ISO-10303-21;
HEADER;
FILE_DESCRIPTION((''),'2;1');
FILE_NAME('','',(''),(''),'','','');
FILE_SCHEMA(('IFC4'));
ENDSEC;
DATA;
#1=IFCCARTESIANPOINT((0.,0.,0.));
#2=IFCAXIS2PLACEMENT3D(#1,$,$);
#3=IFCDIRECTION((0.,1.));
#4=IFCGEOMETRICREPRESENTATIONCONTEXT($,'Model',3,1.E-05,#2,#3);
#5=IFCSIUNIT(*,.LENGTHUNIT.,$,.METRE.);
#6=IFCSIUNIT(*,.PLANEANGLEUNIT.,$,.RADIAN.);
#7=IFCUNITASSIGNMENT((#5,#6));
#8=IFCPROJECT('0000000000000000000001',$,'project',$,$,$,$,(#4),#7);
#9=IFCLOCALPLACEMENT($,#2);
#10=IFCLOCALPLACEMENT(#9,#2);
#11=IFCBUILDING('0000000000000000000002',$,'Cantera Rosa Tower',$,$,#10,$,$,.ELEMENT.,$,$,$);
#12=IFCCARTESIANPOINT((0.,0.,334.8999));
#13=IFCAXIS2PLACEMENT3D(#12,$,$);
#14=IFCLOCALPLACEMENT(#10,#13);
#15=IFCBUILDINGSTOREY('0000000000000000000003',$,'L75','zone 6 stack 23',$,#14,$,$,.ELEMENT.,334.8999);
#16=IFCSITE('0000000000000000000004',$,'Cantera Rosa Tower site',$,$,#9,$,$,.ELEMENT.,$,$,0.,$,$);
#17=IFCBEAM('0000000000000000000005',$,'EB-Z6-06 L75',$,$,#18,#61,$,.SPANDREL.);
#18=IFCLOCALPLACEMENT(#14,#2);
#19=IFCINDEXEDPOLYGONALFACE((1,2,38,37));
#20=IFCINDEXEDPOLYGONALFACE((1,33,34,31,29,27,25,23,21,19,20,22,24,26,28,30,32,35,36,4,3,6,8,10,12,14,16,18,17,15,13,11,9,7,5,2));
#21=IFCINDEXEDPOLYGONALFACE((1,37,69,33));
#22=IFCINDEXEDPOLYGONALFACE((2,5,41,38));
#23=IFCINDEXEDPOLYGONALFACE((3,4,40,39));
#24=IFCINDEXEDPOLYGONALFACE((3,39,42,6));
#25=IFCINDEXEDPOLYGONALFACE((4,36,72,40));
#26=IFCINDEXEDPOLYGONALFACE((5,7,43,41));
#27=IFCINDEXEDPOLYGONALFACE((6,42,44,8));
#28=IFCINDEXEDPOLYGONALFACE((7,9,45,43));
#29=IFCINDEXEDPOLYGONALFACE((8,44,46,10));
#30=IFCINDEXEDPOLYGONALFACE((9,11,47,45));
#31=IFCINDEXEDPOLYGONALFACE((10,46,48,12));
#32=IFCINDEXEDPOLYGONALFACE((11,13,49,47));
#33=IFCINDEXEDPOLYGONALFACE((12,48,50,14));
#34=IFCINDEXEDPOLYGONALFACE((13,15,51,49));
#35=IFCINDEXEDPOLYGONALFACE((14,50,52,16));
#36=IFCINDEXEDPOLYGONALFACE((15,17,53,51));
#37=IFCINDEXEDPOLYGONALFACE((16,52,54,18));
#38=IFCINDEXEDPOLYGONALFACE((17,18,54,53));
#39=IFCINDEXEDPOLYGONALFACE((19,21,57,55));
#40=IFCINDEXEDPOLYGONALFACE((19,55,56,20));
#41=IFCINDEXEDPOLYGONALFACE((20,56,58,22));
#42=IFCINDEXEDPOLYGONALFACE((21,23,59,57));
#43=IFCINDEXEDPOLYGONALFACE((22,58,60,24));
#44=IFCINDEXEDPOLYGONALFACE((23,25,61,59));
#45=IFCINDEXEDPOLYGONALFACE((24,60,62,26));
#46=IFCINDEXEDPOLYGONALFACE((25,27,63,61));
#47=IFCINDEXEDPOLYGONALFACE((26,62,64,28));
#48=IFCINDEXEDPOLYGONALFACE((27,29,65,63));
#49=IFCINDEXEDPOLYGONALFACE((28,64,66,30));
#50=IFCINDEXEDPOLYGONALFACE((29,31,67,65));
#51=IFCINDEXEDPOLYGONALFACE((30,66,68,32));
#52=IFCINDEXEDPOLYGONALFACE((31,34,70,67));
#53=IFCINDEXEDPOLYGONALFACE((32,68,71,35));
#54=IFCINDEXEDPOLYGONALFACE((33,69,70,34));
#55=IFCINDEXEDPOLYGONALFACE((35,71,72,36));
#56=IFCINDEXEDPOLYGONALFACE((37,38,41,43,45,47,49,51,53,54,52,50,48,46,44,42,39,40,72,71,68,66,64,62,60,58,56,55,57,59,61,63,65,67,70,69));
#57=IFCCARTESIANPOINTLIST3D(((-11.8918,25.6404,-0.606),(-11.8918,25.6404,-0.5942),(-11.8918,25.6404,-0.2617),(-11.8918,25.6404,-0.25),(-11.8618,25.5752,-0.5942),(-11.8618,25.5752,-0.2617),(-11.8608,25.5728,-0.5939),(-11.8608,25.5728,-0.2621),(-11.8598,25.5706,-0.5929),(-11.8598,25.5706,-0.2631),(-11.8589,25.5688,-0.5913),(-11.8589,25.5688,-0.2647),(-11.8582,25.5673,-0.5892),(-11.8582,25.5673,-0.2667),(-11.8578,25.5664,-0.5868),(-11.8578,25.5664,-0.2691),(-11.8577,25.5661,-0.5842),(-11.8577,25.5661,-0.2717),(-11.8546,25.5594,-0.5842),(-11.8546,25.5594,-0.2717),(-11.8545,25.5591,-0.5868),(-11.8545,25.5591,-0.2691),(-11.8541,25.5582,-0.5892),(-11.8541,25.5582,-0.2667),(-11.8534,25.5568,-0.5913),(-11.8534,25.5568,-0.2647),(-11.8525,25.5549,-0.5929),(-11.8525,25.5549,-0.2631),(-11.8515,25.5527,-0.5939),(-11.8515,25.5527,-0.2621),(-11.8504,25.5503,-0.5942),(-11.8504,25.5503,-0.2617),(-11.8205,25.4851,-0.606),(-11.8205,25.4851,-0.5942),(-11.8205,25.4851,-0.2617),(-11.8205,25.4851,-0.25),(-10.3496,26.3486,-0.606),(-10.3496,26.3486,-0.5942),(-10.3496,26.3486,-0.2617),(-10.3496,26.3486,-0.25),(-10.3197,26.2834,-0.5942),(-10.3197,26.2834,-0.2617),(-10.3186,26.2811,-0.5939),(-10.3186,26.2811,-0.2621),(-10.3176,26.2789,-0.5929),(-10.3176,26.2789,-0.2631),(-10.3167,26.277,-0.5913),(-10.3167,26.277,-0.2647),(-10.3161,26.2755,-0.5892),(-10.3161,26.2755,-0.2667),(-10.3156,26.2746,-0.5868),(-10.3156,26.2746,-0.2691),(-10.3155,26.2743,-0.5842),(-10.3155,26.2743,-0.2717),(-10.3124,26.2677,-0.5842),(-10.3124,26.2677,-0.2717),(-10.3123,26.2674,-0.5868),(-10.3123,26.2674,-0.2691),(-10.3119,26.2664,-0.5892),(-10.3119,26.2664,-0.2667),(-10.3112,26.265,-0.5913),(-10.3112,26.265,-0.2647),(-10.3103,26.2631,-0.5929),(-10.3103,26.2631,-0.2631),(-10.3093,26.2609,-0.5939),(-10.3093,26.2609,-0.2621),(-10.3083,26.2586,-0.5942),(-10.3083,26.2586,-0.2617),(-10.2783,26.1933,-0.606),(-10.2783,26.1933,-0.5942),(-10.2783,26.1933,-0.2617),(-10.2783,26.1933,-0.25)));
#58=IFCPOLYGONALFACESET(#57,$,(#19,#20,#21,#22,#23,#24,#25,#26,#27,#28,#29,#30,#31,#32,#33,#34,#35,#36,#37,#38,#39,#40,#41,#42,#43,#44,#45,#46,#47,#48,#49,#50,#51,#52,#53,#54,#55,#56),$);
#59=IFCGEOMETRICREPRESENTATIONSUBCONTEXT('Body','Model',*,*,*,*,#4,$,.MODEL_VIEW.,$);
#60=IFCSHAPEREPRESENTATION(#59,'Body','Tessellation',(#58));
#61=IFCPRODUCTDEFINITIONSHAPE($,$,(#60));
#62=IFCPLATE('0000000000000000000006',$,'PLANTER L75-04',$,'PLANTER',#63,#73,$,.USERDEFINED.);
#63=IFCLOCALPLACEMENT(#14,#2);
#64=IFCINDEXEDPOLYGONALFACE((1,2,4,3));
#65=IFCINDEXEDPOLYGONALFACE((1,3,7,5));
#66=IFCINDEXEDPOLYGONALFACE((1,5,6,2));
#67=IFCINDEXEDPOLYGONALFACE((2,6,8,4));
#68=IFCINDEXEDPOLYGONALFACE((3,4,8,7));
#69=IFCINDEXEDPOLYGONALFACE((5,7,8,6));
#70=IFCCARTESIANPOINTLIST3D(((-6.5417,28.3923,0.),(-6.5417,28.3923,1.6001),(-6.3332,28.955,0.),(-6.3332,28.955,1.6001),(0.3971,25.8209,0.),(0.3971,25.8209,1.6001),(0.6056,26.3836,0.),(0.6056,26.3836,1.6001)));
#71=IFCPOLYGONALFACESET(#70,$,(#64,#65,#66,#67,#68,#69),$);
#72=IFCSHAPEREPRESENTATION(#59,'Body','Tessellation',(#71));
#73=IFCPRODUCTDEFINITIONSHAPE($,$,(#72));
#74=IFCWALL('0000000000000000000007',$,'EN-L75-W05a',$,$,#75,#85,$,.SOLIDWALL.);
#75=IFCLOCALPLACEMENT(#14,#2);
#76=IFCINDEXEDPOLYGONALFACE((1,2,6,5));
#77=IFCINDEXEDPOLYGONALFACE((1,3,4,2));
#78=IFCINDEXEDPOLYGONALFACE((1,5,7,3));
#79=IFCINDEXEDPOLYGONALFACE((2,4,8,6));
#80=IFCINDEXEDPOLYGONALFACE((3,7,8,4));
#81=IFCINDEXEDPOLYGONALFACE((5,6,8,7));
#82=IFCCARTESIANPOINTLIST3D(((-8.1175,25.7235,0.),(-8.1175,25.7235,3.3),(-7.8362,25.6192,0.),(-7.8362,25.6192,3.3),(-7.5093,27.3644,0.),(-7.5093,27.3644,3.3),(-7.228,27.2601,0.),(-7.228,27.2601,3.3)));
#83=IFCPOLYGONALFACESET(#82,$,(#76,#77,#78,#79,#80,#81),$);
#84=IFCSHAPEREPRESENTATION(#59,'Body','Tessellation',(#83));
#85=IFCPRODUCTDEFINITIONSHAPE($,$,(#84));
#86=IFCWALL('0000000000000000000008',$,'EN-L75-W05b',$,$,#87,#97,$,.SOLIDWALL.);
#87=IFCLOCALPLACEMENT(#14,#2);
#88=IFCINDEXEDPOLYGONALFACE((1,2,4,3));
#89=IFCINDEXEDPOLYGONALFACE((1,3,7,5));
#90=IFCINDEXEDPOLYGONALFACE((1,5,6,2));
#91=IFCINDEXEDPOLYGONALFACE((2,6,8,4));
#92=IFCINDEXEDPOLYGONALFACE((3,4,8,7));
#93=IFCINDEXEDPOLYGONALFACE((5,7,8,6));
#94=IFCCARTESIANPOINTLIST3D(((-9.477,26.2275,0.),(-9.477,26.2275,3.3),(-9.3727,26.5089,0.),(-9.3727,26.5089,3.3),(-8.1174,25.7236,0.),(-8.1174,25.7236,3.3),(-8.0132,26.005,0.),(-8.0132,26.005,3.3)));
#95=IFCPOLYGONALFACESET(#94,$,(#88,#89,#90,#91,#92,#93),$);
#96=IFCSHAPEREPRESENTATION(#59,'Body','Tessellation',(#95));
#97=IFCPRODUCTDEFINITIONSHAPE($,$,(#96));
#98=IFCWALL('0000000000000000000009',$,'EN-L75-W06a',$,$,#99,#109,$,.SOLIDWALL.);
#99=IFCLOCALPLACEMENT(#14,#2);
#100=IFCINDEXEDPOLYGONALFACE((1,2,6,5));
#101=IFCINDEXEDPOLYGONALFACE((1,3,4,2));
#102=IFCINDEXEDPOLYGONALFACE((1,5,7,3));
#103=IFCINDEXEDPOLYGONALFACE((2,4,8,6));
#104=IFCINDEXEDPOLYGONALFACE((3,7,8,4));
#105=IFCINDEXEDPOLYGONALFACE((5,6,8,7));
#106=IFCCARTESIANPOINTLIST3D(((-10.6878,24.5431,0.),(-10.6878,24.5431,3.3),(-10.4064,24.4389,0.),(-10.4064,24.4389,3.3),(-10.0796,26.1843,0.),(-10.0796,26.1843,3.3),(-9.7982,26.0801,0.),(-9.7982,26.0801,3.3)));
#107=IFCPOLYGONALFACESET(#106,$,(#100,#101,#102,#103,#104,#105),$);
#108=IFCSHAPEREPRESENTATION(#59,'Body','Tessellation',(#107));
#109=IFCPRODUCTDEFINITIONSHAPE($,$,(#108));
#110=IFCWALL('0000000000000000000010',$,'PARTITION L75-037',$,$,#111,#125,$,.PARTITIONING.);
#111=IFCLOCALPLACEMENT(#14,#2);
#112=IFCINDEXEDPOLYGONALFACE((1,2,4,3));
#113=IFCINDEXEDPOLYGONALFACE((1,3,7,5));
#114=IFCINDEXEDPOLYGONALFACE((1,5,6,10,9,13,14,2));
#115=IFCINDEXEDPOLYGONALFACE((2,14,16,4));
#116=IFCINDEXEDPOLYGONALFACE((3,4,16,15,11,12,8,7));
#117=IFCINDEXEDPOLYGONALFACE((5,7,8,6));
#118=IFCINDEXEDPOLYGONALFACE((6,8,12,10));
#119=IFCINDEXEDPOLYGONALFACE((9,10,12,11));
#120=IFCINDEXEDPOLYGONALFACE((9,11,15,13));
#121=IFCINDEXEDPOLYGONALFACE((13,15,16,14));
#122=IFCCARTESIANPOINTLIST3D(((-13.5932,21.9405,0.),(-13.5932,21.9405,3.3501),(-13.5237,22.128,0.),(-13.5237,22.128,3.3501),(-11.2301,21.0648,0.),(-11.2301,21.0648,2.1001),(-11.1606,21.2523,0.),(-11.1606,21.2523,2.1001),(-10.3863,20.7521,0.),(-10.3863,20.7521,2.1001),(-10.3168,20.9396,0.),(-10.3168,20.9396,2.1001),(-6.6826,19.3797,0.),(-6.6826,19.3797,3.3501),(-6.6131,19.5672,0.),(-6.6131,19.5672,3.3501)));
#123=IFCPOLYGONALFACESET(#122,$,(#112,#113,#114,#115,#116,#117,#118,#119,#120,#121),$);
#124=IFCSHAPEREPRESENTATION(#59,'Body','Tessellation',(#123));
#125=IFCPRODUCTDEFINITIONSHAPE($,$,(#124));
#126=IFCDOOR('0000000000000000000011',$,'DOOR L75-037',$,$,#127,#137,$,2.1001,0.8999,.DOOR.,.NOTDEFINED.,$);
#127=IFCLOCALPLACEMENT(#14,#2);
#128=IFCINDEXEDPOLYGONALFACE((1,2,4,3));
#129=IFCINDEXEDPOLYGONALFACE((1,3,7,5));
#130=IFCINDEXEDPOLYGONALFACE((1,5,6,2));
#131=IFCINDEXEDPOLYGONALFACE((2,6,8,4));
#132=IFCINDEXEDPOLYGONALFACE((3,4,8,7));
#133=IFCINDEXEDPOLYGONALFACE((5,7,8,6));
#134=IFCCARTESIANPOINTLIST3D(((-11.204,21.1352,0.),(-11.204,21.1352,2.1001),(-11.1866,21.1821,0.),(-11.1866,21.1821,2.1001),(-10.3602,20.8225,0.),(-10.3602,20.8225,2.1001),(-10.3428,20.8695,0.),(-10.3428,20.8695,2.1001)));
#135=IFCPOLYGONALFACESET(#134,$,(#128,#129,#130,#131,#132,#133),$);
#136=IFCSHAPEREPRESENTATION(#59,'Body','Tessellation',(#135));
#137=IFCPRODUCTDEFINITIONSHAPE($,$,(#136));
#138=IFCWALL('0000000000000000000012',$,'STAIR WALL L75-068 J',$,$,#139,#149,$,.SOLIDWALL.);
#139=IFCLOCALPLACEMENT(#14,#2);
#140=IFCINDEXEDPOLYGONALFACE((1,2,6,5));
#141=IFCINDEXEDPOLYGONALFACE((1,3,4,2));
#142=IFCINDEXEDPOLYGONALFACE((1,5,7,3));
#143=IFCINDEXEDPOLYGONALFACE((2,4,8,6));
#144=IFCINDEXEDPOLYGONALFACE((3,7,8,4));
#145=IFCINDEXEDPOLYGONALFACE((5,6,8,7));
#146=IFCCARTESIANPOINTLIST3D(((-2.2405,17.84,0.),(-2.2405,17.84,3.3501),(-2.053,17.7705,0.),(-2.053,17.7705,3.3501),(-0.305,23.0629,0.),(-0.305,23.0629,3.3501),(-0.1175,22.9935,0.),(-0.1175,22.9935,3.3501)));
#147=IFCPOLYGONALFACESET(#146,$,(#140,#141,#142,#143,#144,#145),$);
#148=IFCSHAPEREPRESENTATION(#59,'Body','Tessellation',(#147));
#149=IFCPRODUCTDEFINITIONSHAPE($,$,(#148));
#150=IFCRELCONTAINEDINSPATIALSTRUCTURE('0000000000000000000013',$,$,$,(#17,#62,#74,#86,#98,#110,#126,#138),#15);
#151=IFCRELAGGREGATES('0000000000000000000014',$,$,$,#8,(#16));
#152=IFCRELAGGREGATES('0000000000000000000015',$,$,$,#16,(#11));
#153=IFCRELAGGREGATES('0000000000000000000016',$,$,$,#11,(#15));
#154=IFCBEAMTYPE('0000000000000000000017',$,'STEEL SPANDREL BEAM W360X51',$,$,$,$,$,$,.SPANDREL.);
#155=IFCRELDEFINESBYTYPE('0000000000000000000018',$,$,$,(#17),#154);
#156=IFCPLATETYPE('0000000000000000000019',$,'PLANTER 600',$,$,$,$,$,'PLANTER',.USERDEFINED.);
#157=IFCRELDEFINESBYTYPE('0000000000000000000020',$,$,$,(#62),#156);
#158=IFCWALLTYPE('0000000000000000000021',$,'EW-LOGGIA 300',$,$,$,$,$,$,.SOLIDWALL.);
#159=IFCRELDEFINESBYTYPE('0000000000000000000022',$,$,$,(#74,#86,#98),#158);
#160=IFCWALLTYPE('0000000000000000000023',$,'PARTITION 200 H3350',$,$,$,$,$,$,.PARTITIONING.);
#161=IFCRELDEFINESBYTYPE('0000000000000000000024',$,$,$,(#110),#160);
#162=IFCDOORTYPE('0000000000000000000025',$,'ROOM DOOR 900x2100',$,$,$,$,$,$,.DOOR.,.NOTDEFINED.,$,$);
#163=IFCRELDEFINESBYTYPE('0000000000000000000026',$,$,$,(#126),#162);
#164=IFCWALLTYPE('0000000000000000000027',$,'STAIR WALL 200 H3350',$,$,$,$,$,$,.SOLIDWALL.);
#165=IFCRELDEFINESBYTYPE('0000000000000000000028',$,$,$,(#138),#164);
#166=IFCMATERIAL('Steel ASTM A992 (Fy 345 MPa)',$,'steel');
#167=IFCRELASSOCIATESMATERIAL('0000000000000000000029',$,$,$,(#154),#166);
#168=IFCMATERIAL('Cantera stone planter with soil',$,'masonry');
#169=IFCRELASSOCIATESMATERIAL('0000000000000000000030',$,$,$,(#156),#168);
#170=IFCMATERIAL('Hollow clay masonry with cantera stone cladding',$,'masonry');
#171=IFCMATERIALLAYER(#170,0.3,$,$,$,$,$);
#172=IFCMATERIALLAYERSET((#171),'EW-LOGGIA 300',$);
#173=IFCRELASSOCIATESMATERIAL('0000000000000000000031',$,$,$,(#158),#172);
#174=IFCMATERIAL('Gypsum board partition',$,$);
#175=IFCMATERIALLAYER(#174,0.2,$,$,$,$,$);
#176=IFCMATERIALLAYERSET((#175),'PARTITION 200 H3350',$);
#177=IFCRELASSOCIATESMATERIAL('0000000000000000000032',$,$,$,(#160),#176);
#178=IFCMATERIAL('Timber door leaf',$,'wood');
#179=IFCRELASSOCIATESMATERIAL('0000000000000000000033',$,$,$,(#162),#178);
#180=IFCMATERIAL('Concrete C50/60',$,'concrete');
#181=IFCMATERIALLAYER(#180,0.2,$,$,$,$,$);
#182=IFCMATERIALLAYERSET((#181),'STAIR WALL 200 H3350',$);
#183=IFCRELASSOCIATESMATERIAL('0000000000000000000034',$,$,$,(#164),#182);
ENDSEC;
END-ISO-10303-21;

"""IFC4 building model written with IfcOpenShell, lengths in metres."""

from ifc_helpers import new_model, si_unit, direction, frame, frame_2d, origin, origin_2d, place, context, subcontext, project, spatial, rectangle, i_section, extrude, material, layer, layer_set, material_profile, profile_set, type_object, element, fill, save


model = new_model("IFC4")

# Units and contexts
model_context = context("Model", 3, precision=1e-05, world=origin(), true_north=direction((0.0, 1.0)))
body_context = subcontext(model_context, "Body", "Model", "MODEL_VIEW")
ifc_project = project(units=[si_unit("LENGTHUNIT", "METRE"), si_unit("PLANEANGLEUNIT", "RADIAN")], contexts=[model_context])

# Site, building, storey
site_placement = place(None, origin())
site = spatial("IfcSite", under=ifc_project, at=site_placement, Name="Cantera Rosa Tower site", CompositionType="ELEMENT", RefElevation=0.0)
building_placement = place(site_placement, origin())
building = spatial("IfcBuilding", under=site, at=building_placement, Name="Cantera Rosa Tower", CompositionType="ELEMENT")
storey_placement = place(building_placement, frame((0.0, 0.0, 334.8999)))
storey = spatial("IfcBuildingStorey", under=building, at=storey_placement, Name="L75", Description="zone 6 stack 23", CompositionType="ELEMENT", Elevation=334.8999)

# Beam
ifc_material_1 = material(Name="Steel ASTM A992 (Fy 345 MPa)", Category="steel")
ifc_material_profile_1 = material_profile(ifc_material_1, i_section(OverallWidth=0.1709, OverallDepth=0.356, WebThickness=0.0073, FlangeThickness=0.0117, FilletRadius=0.01, at=origin_2d()), Name="W360X51")
ifc_profile_set_1 = profile_set([ifc_material_profile_1], Name="Steel ASTM A992 (Fy 345 MPa)")
beam_type_1 = type_object("IfcBeamType", Name="STEEL SPANDREL BEAM W360X51", PredefinedType="SPANDREL", material=ifc_profile_set_1)
for number, where, z_axis, x_axis, name in (
    (1, (-10.314, 26.271, -0.428), (-0.908754, -0.417333, 0.0), (0.417333, -0.908754, 0.0), "EB-Z6-06 L75"),
):
    element("IfcBeam", number, at=place(storey_placement, frame(where, z_axis=z_axis, x_axis=x_axis)), inside=storey, type_object=beam_type_1, Name=name, PredefinedType="SPANDREL", context=body_context, shape_type="SweptSolid", body=[
        extrude(i_section(OverallWidth=0.1709, OverallDepth=0.356, WebThickness=0.0073, FlangeThickness=0.0117, FilletRadius=0.01, at=origin_2d()), origin(), (0.0, 0.0, 1.0), 1.697),
    ])

# Plate
ifc_material_2 = material(Name="Cantera stone planter with soil", Category="masonry")
plate_type = type_object("IfcPlateType", Name="PLANTER 600", ElementType="PLANTER", PredefinedType="USERDEFINED", material=ifc_material_2)
plate_placement = place(storey_placement, frame((-2.968, 27.3879, 0.0), z_axis=(0.0, 0.0, 1.0), x_axis=(-0.937687, 0.347481, 0.0)))
element("IfcPlate", 2, at=plate_placement, inside=storey, type_object=plate_type, Name="PLANTER L75-04", ObjectType="PLANTER", PredefinedType="USERDEFINED", context=body_context, shape_type="SweptSolid", body=[
    extrude(rectangle(XDim=7.3999, YDim=0.6001, at=origin_2d()), origin(), (0.0, 0.0, 1.0), 1.6001),
])

# Walls
ifc_material_3 = material(Name="Hollow clay masonry with cantera stone cladding", Category="masonry")
ifc_layer_1 = layer(ifc_material_3, 0.3)
ifc_layer_set_1 = layer_set([ifc_layer_1], Name="EW-LOGGIA 300")
wall_type_1 = type_object("IfcWallType", Name="EW-LOGGIA 300", PredefinedType="SOLIDWALL", material=ifc_layer_set_1)
wall_1_placement = place(storey_placement, frame((-7.3687, 27.3123, 0.0), z_axis=(0.0, 0.0, 1.0), x_axis=(-0.347528, -0.93767, 0.0)))
element("IfcWall", 3, at=wall_1_placement, inside=storey, type_object=wall_type_1, Name="EN-L75-W05a", PredefinedType="SOLIDWALL", context=body_context, shape_type="SweptSolid", body=[
    extrude(rectangle(XDim=1.75, YDim=0.3, at=frame_2d((0.875, 0.0))), origin(), (0.0, 0.0, 1.0), 3.3),
])
wall_2_placement = place(storey_placement, frame((-8.0652, 25.8643, 0.0), z_axis=(0.0, 0.0, 1.0), x_axis=(-0.937672, 0.347523, 0.0)))
element("IfcWall", 4, at=wall_2_placement, inside=storey, type_object=wall_type_1, Name="EN-L75-W05b", PredefinedType="SOLIDWALL", context=body_context, shape_type="SweptSolid", body=[
    extrude(rectangle(XDim=1.45, YDim=0.3, at=frame_2d((0.7251, 0.0))), origin(), (0.0, 0.0, 1.0), 3.3),
])
wall_3_placement = place(storey_placement, frame((-9.939, 26.1321, 0.0), z_axis=(0.0, 0.0, 1.0), x_axis=(-0.347482, -0.937686, 0.0)))
element("IfcWall", 5, at=wall_3_placement, inside=storey, type_object=wall_type_1, Name="EN-L75-W06a", PredefinedType="SOLIDWALL", context=body_context, shape_type="SweptSolid", body=[
    extrude(rectangle(XDim=1.7502, YDim=0.3, at=frame_2d((0.875, 0.0))), origin(), (0.0, 0.0, 1.0), 3.3),
])

# Wall, opening, door
ifc_material_4 = material(Name="Gypsum board partition")
ifc_layer_2 = layer(ifc_material_4, 0.2)
ifc_layer_set_2 = layer_set([ifc_layer_2], Name="PARTITION 200 H3350")
wall_type_2 = type_object("IfcWallType", Name="PARTITION 200 H3350", PredefinedType="PARTITIONING", material=ifc_layer_set_2)
wall_4_placement = place(storey_placement, frame((-6.6477, 19.4734, 0.0), z_axis=(0.0, 0.0, 1.0), x_axis=(-0.937692, 0.347469, 0.0)))
wall_4 = element("IfcWall", 6, at=wall_4_placement, inside=storey, type_object=wall_type_2, Name="PARTITION L75-037", PredefinedType="PARTITIONING", context=body_context, shape_type="SweptSolid", body=[
    extrude(rectangle(XDim=7.3699, YDim=0.2, at=frame_2d((3.6851, 0.0))), origin(), (0.0, 0.0, 1.0), 3.3501),
])
opening_placement = place(wall_4_placement, frame((3.95, 0.0, 0.0)))
opening = element("IfcOpeningElement", 7, at=opening_placement, cuts=wall_4, PredefinedType="OPENING", context=body_context, shape_type="SweptSolid", body=[
    extrude(rectangle(XDim=0.8999, YDim=2.1001, at=frame_2d((0.45, 1.05))), frame((0.0, 0.1099, 0.0), z_axis=(0.0, -1.0, 0.0), x_axis=(1.0, 0.0, 0.0)), (0.0, 0.0, 1.0), 0.22),
])
ifc_material_5 = material(Name="Timber door leaf", Category="wood")
door_type = type_object("IfcDoorType", Name="ROOM DOOR 900x2100", OperationType="NOTDEFINED", PredefinedType="DOOR", material=ifc_material_5)
door_placement = place(opening_placement, origin())
door = element("IfcDoor", 8, at=door_placement, inside=storey, type_object=door_type, Name="DOOR L75-037", OperationType="NOTDEFINED", OverallHeight=2.1001, OverallWidth=0.8999, PredefinedType="DOOR", context=body_context, shape_type="SweptSolid", body=[
    extrude(rectangle(XDim=0.8999, YDim=2.1001, at=frame_2d((0.45, 1.05))), frame((0.0, 0.0249, 0.0), z_axis=(0.0, -1.0, 0.0), x_axis=(1.0, 0.0, 0.0)), (0.0, 0.0, 1.0), 0.05),
])
fill(opening, door)

# Wall
ifc_material_6 = material(Name="Concrete C50/60", Category="concrete")
ifc_layer_3 = layer(ifc_material_6, 0.2)
ifc_layer_set_3 = layer_set([ifc_layer_3], Name="STAIR WALL 200 H3350")
wall_type_3 = type_object("IfcWallType", Name="STAIR WALL 200 H3350", PredefinedType="SOLIDWALL", material=ifc_layer_set_3)
wall_5_placement = place(storey_placement, frame((-0.2112, 23.0283, 0.0), z_axis=(0.0, 0.0, 1.0), x_axis=(-0.347494, -0.937682, 0.0)))
element("IfcWall", 9, at=wall_5_placement, inside=storey, type_object=wall_type_3, Name="STAIR WALL L75-068 J", PredefinedType="SOLIDWALL", context=body_context, shape_type="SweptSolid", body=[
    extrude(rectangle(XDim=5.5701, YDim=0.2, at=frame_2d((2.7852, 0.0))), origin(), (0.0, 0.0, 1.0), 3.3501),
])

save(model, "model.ifc")
